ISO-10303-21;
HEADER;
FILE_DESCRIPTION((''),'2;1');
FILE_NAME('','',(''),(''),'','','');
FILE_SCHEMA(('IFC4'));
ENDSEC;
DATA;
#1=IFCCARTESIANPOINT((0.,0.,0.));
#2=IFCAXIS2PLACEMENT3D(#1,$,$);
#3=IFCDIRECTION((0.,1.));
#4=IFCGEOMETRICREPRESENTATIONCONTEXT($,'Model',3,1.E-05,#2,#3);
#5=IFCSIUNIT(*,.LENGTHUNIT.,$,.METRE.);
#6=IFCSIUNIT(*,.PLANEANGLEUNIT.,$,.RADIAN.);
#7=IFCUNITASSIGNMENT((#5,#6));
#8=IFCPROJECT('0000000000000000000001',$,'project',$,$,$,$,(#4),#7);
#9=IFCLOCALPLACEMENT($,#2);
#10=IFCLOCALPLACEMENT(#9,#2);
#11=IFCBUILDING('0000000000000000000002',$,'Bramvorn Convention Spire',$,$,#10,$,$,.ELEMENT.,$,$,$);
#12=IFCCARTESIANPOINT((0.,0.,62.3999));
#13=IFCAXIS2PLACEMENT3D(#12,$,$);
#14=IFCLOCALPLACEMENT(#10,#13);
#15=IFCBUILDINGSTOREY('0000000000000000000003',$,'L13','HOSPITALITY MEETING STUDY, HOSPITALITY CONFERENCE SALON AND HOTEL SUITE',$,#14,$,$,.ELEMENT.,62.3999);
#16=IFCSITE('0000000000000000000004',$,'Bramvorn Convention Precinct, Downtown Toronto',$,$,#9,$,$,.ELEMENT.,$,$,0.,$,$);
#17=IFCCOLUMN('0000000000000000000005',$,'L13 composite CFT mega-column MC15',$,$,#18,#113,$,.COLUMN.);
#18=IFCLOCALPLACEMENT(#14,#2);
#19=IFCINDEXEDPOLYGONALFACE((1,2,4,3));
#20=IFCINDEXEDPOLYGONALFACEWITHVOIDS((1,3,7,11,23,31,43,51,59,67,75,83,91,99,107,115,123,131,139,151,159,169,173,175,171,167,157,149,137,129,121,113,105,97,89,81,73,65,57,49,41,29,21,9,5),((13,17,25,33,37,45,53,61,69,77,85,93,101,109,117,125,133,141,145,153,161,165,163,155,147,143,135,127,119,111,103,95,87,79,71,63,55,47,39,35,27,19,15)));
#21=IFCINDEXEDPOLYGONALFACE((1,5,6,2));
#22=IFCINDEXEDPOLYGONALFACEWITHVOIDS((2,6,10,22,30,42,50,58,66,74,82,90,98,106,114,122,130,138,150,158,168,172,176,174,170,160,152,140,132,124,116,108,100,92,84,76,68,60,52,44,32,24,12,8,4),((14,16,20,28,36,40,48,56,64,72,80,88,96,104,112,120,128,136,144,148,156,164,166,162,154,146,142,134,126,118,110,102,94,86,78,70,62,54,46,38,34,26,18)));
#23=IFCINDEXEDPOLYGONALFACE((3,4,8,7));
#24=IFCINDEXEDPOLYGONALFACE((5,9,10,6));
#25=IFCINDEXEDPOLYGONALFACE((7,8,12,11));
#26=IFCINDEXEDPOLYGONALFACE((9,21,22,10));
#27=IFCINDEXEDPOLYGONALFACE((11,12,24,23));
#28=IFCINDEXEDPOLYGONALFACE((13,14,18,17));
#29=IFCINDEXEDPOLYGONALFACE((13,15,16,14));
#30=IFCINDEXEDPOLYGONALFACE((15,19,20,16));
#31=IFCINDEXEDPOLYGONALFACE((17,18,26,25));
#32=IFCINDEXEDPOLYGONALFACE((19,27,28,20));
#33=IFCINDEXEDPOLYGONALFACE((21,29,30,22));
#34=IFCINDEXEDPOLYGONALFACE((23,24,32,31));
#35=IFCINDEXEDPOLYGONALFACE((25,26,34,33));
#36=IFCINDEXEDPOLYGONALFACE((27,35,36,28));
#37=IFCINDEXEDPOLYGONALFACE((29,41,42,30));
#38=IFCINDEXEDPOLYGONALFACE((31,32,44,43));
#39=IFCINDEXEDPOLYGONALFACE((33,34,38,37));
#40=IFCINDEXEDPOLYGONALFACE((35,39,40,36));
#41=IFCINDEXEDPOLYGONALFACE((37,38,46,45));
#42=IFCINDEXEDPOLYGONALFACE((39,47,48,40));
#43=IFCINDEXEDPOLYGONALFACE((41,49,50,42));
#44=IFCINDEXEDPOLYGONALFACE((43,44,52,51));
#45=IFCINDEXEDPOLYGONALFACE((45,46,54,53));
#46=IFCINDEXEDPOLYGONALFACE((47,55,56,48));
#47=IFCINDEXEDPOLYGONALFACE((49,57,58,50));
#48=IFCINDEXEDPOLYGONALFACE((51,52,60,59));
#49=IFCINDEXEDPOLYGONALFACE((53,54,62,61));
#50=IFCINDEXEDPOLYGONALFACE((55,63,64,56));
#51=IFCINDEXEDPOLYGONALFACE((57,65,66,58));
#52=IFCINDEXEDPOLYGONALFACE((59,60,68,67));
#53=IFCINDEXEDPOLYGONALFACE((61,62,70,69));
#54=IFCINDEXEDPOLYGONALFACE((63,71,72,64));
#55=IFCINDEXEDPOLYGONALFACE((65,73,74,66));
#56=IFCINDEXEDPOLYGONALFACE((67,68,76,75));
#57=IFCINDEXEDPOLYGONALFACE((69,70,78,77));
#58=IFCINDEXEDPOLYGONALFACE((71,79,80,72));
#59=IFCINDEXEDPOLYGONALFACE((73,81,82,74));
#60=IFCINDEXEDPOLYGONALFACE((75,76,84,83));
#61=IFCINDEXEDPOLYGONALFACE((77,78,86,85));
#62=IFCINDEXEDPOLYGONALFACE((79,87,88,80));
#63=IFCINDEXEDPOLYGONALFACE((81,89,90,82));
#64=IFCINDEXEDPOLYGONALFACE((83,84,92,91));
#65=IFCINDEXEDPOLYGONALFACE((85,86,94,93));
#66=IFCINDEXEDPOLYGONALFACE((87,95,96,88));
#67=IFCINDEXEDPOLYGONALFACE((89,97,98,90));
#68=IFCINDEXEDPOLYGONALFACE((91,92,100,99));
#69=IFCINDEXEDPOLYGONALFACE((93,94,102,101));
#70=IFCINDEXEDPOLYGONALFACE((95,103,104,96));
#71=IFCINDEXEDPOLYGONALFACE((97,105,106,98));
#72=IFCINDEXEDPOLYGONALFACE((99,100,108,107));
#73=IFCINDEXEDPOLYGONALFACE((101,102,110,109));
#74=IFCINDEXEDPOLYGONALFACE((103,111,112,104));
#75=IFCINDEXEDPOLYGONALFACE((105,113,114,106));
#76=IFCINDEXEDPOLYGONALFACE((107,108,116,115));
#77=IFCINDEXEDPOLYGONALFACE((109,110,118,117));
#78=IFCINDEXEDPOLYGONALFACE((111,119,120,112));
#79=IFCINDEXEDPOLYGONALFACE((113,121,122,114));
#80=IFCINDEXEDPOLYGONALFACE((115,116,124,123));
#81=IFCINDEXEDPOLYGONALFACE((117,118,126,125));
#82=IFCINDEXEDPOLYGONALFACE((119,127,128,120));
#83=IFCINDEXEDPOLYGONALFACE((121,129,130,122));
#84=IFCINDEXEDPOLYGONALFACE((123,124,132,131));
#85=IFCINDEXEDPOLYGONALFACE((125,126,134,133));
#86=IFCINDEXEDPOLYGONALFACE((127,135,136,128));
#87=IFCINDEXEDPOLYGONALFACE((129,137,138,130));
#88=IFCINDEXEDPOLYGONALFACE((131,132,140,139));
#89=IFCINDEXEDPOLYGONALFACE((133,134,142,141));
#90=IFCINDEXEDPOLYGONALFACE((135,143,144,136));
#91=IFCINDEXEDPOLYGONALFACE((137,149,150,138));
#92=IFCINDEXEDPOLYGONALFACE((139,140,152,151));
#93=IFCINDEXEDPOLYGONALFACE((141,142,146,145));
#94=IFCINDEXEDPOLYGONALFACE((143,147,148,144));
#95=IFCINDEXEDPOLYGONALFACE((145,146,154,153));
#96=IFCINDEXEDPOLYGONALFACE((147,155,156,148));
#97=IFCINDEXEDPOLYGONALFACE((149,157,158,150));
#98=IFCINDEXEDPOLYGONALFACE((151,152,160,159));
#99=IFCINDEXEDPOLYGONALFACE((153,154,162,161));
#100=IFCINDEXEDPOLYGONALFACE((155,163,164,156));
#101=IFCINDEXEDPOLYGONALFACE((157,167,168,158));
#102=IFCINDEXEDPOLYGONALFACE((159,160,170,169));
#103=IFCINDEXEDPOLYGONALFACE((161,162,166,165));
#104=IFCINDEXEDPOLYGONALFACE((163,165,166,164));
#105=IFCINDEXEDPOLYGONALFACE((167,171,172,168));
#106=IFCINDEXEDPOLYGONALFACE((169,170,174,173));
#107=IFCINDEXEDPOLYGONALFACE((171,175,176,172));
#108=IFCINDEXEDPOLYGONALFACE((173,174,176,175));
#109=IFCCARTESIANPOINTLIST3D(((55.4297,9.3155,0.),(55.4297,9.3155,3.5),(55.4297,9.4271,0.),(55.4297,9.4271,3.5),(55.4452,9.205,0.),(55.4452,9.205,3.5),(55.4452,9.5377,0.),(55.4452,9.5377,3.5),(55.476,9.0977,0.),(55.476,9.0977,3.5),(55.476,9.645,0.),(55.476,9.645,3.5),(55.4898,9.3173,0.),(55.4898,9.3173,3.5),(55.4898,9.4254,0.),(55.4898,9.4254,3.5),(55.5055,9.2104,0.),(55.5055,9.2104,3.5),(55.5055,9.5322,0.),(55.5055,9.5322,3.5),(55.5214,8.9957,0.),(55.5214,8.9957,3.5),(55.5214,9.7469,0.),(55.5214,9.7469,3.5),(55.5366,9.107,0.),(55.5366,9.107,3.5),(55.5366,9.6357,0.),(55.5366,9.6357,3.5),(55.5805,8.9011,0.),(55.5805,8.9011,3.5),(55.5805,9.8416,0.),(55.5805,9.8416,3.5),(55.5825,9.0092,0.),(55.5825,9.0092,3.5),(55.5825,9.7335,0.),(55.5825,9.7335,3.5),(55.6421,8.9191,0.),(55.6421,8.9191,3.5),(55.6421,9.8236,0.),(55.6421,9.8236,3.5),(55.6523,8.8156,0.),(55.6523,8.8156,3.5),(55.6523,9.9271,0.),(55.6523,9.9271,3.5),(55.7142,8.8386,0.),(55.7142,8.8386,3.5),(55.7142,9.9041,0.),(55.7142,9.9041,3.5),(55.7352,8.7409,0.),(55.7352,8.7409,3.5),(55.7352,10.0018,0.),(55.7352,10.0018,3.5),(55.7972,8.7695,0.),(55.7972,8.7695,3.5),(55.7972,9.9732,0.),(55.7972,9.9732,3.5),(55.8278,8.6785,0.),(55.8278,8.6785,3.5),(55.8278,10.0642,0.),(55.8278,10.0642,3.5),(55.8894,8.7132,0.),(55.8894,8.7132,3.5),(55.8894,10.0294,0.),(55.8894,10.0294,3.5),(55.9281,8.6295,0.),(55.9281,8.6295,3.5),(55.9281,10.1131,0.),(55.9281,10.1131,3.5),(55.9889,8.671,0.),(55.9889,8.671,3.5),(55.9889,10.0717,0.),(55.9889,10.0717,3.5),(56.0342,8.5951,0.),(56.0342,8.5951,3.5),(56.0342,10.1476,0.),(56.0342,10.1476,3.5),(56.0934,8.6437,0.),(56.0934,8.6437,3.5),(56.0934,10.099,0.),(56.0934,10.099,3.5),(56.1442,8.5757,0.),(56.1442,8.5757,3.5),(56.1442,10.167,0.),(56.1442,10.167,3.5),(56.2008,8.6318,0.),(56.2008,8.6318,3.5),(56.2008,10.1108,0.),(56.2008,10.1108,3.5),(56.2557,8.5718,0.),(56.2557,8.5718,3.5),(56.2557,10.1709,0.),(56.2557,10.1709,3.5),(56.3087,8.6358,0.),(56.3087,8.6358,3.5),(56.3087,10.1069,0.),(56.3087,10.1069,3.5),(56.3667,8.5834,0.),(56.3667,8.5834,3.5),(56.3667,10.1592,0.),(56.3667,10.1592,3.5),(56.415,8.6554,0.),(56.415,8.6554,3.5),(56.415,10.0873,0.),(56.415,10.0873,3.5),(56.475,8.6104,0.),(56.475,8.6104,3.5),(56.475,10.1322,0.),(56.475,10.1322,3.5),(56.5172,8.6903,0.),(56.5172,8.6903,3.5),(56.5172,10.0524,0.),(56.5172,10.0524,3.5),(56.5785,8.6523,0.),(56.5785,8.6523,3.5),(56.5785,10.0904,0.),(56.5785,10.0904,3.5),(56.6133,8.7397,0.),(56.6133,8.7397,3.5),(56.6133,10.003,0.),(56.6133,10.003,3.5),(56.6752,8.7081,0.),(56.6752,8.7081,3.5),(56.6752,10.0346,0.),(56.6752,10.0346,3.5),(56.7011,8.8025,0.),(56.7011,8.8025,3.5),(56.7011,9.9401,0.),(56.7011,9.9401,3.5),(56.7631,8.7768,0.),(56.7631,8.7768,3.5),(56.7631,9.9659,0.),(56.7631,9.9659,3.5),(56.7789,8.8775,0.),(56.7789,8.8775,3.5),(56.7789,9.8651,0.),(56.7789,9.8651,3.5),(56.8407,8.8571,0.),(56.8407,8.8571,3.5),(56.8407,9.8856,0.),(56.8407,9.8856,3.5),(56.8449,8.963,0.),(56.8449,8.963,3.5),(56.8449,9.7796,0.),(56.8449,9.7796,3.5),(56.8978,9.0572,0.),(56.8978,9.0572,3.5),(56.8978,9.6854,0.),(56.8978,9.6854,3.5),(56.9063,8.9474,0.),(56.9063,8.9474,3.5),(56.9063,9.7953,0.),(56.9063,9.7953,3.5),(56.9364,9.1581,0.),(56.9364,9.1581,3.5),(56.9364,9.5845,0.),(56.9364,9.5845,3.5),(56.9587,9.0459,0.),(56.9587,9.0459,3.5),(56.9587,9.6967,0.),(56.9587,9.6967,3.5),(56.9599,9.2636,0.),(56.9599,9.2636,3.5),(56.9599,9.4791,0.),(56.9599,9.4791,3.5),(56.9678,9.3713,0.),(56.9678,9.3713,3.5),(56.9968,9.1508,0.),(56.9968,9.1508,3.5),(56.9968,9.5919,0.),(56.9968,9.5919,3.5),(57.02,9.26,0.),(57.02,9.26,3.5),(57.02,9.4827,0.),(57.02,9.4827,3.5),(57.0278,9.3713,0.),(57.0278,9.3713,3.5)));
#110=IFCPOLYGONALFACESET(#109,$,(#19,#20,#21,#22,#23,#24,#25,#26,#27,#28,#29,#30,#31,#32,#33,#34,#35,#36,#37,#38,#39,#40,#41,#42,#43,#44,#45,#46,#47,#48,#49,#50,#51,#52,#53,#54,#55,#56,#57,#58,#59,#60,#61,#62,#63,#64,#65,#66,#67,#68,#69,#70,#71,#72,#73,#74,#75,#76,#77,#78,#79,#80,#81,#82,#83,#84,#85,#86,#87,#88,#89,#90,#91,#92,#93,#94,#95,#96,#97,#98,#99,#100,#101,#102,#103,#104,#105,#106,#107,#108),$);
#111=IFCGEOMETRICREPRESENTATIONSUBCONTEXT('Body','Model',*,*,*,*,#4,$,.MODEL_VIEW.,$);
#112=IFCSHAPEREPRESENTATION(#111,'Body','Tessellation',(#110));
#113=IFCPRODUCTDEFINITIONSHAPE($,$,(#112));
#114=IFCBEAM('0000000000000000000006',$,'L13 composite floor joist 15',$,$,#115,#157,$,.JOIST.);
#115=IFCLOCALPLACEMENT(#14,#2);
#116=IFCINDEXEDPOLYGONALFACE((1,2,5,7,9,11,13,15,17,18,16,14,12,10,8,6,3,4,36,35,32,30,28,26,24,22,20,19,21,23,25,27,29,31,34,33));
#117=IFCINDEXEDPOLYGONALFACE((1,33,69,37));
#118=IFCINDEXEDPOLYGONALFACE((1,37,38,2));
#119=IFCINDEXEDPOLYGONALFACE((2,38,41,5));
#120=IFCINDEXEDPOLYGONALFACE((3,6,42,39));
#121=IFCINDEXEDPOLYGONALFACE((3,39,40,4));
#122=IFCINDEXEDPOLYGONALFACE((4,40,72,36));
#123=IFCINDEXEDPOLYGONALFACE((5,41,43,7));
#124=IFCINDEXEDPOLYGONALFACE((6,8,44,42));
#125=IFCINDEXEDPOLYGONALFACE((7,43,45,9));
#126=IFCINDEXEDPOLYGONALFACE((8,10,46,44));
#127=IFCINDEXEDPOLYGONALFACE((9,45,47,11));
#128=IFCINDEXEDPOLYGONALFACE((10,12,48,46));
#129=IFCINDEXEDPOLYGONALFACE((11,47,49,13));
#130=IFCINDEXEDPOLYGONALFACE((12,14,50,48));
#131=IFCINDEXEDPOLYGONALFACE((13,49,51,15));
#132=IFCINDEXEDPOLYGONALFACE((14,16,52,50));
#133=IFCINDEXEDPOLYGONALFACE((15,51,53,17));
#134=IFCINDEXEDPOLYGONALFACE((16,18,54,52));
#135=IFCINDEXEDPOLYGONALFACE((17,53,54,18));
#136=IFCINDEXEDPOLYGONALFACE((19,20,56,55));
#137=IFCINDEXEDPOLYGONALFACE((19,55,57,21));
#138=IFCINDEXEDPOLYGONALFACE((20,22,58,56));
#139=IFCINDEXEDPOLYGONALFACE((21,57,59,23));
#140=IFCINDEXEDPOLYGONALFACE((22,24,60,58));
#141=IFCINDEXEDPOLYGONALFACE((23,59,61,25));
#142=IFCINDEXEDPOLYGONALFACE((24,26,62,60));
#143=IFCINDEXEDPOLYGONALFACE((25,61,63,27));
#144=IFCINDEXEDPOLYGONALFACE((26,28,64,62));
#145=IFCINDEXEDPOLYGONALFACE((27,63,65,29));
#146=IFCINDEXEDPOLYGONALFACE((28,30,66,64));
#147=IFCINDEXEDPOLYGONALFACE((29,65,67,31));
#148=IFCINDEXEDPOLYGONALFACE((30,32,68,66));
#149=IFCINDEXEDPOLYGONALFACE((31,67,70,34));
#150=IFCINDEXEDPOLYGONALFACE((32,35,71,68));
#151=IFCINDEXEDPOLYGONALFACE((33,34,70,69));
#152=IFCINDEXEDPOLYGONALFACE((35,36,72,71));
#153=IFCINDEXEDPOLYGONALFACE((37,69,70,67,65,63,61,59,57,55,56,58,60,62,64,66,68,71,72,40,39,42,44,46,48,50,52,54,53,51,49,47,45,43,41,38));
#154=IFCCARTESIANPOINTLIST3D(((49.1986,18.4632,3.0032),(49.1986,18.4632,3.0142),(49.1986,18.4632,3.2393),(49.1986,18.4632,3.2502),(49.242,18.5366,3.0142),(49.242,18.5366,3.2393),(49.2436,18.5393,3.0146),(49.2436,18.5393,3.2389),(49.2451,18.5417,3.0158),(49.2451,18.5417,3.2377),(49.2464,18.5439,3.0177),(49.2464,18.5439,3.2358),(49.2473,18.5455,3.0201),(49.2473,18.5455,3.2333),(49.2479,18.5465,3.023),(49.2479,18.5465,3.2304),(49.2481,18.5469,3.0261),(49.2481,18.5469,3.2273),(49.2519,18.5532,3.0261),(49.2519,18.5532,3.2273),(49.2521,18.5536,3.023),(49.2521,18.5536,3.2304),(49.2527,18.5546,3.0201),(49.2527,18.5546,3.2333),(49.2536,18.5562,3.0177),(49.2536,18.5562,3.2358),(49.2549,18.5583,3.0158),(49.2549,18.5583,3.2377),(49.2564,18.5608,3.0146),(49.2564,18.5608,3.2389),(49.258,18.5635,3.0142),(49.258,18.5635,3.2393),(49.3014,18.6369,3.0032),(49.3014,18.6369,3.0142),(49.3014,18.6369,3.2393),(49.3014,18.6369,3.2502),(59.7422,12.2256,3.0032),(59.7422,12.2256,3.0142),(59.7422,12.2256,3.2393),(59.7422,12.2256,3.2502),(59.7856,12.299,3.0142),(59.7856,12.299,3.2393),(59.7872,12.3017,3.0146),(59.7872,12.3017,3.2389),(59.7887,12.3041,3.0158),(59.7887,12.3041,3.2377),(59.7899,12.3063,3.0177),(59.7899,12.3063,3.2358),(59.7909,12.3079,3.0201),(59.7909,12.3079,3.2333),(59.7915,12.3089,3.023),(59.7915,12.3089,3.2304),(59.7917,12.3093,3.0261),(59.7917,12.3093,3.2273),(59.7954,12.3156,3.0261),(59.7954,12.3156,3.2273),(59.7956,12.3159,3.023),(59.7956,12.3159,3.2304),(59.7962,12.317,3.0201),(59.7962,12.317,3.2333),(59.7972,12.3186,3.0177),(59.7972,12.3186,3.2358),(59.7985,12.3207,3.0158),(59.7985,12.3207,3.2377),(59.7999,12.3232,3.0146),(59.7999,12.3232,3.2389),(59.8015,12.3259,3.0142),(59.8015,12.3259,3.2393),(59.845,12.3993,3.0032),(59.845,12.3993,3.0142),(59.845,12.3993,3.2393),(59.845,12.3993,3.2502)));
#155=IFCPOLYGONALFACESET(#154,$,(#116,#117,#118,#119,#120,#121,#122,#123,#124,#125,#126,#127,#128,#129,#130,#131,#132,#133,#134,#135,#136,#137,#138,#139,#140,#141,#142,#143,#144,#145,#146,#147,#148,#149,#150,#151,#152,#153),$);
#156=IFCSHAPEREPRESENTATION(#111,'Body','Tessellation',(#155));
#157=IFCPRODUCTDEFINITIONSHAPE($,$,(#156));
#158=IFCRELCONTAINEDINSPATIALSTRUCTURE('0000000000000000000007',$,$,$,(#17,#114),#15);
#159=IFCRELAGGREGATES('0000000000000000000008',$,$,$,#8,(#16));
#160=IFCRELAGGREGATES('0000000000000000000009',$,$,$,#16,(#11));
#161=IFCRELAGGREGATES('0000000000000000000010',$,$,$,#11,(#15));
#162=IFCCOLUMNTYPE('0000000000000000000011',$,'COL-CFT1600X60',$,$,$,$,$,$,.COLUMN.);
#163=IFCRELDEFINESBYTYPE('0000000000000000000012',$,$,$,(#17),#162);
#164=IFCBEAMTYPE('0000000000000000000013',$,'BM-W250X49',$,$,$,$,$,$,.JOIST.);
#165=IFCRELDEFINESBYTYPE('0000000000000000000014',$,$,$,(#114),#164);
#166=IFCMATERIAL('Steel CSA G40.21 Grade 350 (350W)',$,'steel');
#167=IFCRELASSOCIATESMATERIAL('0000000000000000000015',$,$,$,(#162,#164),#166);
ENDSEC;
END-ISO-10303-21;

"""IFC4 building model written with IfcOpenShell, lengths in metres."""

from ifc_helpers import new_model, si_unit, direction, frame, origin, origin_2d, place, context, subcontext, project, spatial, hollow_circle, i_section, extrude, material, material_profile, profile_set, type_object, element, save


model = new_model("IFC4")

# Units and contexts
model_context = context("Model", 3, precision=1e-05, world=origin(), true_north=direction((0.0, 1.0)))
body_context = subcontext(model_context, "Body", "Model", "MODEL_VIEW")
ifc_project = project(units=[si_unit("LENGTHUNIT", "METRE"), si_unit("PLANEANGLEUNIT", "RADIAN")], contexts=[model_context])

# Site, building, storey
site_placement = place(None, origin())
site = spatial("IfcSite", under=ifc_project, at=site_placement, Name="Bramvorn Convention Precinct, Downtown Toronto", CompositionType="ELEMENT", RefElevation=0.0)
building_placement = place(site_placement, origin())
building = spatial("IfcBuilding", under=site, at=building_placement, Name="Bramvorn Convention Spire", CompositionType="ELEMENT")
storey_placement = place(building_placement, frame((0.0, 0.0, 62.3999)))
storey = spatial("IfcBuildingStorey", under=building, at=storey_placement, Name="L13", Description="HOSPITALITY MEETING STUDY, HOSPITALITY CONFERENCE SALON AND HOTEL SUITE", CompositionType="ELEMENT", Elevation=62.3999)

# Column
ifc_material_1 = material(Name="Steel CSA G40.21 Grade 350 (350W)", Category="steel")
ifc_material_profile_1 = material_profile(ifc_material_1, hollow_circle(Radius=0.8, WallThickness=0.0601, at=origin_2d()))
ifc_profile_set_1 = profile_set([ifc_material_profile_1], Name="Steel CSA G40.21 Grade 350 (350W) - CFT1600X60")
column_type = type_object("IfcColumnType", Name="COL-CFT1600X60", PredefinedType="COLUMN", material=ifc_profile_set_1)
column_placement = place(storey_placement, frame((56.2278, 9.3713, 0.0), z_axis=(0.0, 0.0, 1.0), x_axis=(1.0, 0.0, 0.0)))
element("IfcColumn", 1, at=column_placement, inside=storey, type_object=column_type, Name="L13 composite CFT mega-column MC15", PredefinedType="COLUMN", context=body_context, shape_type="SweptSolid", body=[
    extrude(hollow_circle(Radius=0.8, WallThickness=0.0601, at=origin_2d()), origin(), (0.0, 0.0, 1.0), 3.5),
])

# Beam
ifc_material_profile_2 = material_profile(ifc_material_1, i_section(OverallWidth=0.2019, OverallDepth=0.2471, WebThickness=0.0073, FlangeThickness=0.011, FilletRadius=0.012, at=origin_2d()))
ifc_profile_set_2 = profile_set([ifc_material_profile_2], Name="Steel CSA G40.21 Grade 350 (350W) - W250X49")
beam_type_1 = type_object("IfcBeamType", Name="BM-W250X49", PredefinedType="JOIST", material=ifc_profile_set_2)
beam_1_placement = place(storey_placement, frame((49.25, 18.55, 3.1267), z_axis=(0.860665, -0.509172, 0.0), x_axis=(0.509172, 0.860665, 0.0)))
element("IfcBeam", 2, at=beam_1_placement, inside=storey, type_object=beam_type_1, Name="L13 composite floor joist 15", PredefinedType="JOIST", context=body_context, shape_type="SweptSolid", body=[
    extrude(i_section(OverallWidth=0.2019, OverallDepth=0.2471, WebThickness=0.0073, FlangeThickness=0.011, FilletRadius=0.012, at=origin_2d()), origin(), (0.0, 0.0, 1.0), 12.2505),
])

save(model, "model.ifc")
